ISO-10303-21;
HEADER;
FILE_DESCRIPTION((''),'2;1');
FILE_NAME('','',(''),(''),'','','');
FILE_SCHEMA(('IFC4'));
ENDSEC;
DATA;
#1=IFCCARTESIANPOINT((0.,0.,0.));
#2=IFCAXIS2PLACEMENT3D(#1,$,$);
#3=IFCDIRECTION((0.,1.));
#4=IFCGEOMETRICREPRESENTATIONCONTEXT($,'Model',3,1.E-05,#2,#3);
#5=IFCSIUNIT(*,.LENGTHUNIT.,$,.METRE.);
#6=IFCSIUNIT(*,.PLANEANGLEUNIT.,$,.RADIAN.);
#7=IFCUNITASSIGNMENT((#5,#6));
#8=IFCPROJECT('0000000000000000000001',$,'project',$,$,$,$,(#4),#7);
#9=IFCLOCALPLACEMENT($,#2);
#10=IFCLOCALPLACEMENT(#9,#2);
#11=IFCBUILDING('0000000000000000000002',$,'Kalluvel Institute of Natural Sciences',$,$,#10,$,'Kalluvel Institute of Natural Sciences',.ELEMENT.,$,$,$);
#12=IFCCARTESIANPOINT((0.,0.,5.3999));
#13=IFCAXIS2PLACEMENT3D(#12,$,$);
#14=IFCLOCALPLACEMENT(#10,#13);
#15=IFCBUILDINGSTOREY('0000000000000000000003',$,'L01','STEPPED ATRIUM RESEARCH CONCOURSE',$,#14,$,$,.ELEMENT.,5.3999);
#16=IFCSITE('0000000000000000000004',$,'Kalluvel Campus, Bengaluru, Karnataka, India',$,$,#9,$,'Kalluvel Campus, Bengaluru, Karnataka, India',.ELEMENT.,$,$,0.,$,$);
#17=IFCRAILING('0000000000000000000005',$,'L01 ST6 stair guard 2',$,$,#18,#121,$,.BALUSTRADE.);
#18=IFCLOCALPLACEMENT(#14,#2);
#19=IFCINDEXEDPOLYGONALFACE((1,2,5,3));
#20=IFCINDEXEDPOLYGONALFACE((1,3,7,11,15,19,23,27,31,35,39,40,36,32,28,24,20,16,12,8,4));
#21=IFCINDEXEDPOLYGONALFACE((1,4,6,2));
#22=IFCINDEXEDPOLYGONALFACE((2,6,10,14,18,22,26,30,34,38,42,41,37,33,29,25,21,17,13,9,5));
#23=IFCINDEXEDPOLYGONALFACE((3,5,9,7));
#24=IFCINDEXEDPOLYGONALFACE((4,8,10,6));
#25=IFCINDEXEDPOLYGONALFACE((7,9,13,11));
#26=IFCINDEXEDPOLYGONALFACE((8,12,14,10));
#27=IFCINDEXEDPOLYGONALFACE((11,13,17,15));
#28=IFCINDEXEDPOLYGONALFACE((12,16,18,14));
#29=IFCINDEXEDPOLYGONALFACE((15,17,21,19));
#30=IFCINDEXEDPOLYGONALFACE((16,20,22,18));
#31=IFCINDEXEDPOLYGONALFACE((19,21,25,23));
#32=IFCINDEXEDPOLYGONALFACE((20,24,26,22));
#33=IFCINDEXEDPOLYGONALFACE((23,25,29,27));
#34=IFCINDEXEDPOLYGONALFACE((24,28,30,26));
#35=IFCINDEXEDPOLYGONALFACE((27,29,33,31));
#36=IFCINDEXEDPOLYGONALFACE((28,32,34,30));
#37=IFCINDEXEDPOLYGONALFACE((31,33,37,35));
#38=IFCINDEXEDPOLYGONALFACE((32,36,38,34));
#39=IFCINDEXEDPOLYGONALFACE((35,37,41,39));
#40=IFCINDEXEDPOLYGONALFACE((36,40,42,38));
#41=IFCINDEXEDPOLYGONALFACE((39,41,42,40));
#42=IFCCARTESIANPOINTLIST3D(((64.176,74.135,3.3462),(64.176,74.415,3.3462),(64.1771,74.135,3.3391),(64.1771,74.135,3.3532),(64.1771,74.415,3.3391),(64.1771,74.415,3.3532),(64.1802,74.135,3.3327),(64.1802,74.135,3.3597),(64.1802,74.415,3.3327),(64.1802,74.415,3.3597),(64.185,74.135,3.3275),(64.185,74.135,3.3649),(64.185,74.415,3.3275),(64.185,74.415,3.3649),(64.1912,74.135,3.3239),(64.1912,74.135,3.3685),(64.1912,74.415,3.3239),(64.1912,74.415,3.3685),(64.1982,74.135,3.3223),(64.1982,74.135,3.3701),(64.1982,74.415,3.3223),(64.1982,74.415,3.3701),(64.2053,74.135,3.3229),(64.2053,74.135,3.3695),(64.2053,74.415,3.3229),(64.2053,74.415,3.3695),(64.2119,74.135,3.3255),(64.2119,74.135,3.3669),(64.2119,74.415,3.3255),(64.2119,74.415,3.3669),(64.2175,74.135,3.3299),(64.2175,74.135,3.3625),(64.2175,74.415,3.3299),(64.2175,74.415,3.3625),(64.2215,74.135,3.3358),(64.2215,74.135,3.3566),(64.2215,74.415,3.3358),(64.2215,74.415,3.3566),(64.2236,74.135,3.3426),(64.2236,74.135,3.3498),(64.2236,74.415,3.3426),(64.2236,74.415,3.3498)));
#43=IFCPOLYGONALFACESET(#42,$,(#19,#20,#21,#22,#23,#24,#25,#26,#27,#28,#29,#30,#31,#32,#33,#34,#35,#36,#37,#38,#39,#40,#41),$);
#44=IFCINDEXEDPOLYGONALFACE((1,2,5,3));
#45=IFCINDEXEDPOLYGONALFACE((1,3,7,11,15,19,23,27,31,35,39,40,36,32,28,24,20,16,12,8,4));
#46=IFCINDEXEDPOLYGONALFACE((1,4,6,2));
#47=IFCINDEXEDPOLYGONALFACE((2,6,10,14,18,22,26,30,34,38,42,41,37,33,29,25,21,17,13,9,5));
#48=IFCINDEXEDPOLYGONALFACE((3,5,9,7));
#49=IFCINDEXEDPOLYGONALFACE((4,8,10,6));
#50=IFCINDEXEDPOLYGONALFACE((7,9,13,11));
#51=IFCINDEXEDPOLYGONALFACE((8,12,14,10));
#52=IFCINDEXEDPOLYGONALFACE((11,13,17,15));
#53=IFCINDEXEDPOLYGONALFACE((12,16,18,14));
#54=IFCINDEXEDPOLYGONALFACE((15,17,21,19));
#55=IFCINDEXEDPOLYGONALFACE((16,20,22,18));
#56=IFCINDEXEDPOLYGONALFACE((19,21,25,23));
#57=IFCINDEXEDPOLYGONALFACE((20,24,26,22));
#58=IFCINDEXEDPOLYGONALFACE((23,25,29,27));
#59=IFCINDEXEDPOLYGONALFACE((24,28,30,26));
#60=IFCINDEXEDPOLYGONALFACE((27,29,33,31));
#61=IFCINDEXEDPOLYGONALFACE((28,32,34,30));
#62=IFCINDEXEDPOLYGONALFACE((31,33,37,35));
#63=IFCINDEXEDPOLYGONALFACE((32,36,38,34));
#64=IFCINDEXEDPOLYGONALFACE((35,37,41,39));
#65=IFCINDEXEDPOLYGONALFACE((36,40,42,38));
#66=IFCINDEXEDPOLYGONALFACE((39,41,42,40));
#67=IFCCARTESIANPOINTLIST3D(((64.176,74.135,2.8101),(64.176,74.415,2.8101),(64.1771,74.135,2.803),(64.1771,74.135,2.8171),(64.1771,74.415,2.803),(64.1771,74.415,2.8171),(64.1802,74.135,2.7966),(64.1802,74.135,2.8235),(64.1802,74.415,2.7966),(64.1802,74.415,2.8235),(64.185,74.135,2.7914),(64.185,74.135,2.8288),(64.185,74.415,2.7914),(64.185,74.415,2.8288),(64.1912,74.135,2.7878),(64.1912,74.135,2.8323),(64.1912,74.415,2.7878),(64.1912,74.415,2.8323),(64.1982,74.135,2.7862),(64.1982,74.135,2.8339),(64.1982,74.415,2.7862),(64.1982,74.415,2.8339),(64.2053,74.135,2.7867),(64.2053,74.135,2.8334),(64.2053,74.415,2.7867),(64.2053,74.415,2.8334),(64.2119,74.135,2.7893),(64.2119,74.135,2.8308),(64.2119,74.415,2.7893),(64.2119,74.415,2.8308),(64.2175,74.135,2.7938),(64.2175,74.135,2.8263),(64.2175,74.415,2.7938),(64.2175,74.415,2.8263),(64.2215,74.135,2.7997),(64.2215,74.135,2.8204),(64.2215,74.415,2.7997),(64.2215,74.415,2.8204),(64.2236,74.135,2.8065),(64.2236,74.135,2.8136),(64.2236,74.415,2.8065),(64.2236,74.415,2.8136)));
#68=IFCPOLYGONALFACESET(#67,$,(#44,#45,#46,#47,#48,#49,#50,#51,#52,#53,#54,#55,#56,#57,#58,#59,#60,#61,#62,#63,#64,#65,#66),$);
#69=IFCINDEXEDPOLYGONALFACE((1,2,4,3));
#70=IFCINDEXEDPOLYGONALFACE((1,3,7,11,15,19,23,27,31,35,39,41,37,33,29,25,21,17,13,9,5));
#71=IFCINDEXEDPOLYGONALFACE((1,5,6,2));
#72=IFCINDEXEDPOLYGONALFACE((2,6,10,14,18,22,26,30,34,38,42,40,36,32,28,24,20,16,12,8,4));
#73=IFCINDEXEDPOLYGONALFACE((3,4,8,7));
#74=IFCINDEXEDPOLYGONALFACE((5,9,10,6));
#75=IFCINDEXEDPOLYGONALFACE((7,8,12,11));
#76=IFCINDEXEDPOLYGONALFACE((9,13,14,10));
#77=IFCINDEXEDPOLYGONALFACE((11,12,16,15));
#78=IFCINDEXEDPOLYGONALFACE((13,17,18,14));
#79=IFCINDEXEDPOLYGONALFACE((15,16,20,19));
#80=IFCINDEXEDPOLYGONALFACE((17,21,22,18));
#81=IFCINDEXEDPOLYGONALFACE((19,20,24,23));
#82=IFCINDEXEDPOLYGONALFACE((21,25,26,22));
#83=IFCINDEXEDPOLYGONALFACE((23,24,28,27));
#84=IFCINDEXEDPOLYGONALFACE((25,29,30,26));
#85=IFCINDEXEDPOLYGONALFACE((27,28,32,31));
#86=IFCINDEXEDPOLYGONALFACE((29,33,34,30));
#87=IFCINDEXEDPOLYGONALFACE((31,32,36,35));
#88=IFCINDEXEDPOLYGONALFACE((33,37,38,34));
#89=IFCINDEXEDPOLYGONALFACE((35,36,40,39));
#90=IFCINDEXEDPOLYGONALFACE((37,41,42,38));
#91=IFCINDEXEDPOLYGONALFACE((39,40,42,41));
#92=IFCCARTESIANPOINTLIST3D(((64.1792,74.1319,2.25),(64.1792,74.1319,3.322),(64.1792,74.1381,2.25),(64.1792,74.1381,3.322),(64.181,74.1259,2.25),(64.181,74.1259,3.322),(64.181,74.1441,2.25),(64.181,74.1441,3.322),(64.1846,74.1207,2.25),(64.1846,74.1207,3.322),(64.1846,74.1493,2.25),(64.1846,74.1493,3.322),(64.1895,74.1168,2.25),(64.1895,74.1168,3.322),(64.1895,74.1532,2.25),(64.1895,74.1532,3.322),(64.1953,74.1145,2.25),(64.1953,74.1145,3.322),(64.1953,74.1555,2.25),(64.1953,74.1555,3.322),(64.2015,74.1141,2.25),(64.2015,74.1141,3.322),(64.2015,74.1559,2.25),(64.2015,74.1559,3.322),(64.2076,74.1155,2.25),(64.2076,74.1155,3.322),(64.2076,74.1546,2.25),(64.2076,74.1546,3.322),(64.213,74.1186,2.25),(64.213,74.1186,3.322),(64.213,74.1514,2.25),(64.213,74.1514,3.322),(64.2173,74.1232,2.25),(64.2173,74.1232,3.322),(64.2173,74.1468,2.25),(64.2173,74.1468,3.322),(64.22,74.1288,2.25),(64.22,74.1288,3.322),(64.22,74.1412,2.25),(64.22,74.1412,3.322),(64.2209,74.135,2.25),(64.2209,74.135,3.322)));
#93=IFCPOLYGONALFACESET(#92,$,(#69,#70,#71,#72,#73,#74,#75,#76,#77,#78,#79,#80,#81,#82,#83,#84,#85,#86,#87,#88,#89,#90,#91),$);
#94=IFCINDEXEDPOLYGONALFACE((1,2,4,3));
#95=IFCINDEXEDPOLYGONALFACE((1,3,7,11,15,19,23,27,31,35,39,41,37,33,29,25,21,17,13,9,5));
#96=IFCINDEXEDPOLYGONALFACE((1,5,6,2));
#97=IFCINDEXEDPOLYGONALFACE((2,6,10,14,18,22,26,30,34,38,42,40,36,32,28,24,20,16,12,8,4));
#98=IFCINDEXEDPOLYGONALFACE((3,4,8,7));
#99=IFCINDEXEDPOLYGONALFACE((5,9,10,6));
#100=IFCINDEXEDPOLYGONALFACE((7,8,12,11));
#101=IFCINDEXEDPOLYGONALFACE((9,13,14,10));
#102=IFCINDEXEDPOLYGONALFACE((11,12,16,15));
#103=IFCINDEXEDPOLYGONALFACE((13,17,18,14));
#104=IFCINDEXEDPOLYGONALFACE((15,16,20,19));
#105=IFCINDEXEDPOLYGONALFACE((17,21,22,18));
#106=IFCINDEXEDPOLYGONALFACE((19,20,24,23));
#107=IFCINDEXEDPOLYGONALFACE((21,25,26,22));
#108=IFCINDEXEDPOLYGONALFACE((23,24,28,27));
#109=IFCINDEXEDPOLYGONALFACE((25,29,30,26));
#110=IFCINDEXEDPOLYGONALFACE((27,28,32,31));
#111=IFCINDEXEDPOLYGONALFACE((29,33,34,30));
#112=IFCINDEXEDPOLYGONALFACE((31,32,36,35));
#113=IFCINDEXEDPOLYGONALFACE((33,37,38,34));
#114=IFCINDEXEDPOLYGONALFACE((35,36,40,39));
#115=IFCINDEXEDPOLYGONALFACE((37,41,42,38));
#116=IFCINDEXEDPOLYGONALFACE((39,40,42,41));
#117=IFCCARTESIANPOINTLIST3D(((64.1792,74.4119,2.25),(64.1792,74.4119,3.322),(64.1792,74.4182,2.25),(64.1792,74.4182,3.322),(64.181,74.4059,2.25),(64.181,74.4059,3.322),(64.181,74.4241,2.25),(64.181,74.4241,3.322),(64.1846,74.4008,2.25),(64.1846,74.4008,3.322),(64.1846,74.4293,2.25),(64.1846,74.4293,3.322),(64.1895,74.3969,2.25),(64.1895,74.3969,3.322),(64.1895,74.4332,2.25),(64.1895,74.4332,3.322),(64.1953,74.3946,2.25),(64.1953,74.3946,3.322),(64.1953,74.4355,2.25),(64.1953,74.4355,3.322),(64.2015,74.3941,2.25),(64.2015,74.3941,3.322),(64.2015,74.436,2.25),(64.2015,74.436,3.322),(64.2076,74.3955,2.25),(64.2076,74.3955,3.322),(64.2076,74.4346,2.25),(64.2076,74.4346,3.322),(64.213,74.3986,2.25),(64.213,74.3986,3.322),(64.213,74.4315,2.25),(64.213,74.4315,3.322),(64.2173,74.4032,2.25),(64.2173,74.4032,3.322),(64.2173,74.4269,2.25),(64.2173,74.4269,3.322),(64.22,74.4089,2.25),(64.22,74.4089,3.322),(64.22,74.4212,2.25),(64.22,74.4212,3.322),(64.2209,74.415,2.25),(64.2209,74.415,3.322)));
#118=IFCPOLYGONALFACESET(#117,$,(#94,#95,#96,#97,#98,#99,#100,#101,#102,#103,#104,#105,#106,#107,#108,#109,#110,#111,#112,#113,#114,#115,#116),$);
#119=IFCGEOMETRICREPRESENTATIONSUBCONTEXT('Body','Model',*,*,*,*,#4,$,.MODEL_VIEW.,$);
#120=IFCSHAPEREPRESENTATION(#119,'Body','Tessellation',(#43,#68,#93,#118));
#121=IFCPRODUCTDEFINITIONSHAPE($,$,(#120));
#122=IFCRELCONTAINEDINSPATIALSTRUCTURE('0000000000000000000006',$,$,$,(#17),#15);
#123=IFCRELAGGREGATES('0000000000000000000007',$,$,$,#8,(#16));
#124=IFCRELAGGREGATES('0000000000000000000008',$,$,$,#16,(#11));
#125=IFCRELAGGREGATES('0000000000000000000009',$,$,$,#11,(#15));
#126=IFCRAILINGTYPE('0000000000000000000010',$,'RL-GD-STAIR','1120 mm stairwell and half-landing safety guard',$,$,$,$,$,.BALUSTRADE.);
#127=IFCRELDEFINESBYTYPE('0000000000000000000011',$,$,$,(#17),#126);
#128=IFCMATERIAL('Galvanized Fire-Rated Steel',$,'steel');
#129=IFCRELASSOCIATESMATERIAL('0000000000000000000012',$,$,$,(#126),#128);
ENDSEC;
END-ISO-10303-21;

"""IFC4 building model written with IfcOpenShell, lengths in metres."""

from ifc_helpers import new_model, si_unit, direction, frame, origin, origin_2d, place, context, subcontext, project, spatial, circle, extrude, material, type_object, element, save


model = new_model("IFC4")

# Units and contexts
model_context = context("Model", 3, precision=1e-05, world=origin(), true_north=direction((0.0, 1.0)))
body_context = subcontext(model_context, "Body", "Model", "MODEL_VIEW")
ifc_project = project(units=[si_unit("LENGTHUNIT", "METRE"), si_unit("PLANEANGLEUNIT", "RADIAN")], contexts=[model_context])

# Site, building, storey
site_placement = place(None, origin())
site = spatial("IfcSite", under=ifc_project, at=site_placement, Name="Kalluvel Campus, Bengaluru, Karnataka, India", LongName="Kalluvel Campus, Bengaluru, Karnataka, India", CompositionType="ELEMENT", RefElevation=0.0)
building_placement = place(site_placement, origin())
building = spatial("IfcBuilding", under=site, at=building_placement, Name="Kalluvel Institute of Natural Sciences", LongName="Kalluvel Institute of Natural Sciences", CompositionType="ELEMENT")
storey_placement = place(building_placement, frame((0.0, 0.0, 5.3999)))
storey = spatial("IfcBuildingStorey", under=building, at=storey_placement, Name="L01", Description="STEPPED ATRIUM RESEARCH CONCOURSE", CompositionType="ELEMENT", Elevation=5.3999)

# Railing
ifc_material_1 = material(Name="Galvanized Fire-Rated Steel", Category="steel")
railing_type_1 = type_object("IfcRailingType", Name="RL-GD-STAIR", Description="1120 mm stairwell and half-landing safety guard", PredefinedType="BALUSTRADE", material=ifc_material_1)
railing_1_placement = place(storey_placement, frame((64.2, 74.135, 2.25)))
element("IfcRailing", 1, at=railing_1_placement, inside=storey, type_object=railing_type_1, Name="L01 ST6 stair guard 2", PredefinedType="BALUSTRADE", context=body_context, shape_type="SweptSolid", body=[
    extrude(circle(Radius=0.0239, at=origin_2d()), frame((0.0, 0.0, 1.0962), z_axis=(0.0, 1.0, 0.0), x_axis=(-1.0, 0.0, 0.0)), (0.0, 0.0, 1.0), 0.28),
    extrude(circle(Radius=0.0239, at=origin_2d()), frame((0.0, 0.0, 0.5601), z_axis=(0.0, 1.0, 0.0), x_axis=(-1.0, 0.0, 0.0)), (0.0, 0.0, 1.0), 0.28),
    extrude(circle(Radius=0.021, at=origin_2d()), origin(), (0.0, 0.0, 1.0), 1.072),
    extrude(circle(Radius=0.021, at=origin_2d()), frame((0.0, 0.28, 0.0)), (0.0, 0.0, 1.0), 1.072),
])

save(model, "model.ifc")
